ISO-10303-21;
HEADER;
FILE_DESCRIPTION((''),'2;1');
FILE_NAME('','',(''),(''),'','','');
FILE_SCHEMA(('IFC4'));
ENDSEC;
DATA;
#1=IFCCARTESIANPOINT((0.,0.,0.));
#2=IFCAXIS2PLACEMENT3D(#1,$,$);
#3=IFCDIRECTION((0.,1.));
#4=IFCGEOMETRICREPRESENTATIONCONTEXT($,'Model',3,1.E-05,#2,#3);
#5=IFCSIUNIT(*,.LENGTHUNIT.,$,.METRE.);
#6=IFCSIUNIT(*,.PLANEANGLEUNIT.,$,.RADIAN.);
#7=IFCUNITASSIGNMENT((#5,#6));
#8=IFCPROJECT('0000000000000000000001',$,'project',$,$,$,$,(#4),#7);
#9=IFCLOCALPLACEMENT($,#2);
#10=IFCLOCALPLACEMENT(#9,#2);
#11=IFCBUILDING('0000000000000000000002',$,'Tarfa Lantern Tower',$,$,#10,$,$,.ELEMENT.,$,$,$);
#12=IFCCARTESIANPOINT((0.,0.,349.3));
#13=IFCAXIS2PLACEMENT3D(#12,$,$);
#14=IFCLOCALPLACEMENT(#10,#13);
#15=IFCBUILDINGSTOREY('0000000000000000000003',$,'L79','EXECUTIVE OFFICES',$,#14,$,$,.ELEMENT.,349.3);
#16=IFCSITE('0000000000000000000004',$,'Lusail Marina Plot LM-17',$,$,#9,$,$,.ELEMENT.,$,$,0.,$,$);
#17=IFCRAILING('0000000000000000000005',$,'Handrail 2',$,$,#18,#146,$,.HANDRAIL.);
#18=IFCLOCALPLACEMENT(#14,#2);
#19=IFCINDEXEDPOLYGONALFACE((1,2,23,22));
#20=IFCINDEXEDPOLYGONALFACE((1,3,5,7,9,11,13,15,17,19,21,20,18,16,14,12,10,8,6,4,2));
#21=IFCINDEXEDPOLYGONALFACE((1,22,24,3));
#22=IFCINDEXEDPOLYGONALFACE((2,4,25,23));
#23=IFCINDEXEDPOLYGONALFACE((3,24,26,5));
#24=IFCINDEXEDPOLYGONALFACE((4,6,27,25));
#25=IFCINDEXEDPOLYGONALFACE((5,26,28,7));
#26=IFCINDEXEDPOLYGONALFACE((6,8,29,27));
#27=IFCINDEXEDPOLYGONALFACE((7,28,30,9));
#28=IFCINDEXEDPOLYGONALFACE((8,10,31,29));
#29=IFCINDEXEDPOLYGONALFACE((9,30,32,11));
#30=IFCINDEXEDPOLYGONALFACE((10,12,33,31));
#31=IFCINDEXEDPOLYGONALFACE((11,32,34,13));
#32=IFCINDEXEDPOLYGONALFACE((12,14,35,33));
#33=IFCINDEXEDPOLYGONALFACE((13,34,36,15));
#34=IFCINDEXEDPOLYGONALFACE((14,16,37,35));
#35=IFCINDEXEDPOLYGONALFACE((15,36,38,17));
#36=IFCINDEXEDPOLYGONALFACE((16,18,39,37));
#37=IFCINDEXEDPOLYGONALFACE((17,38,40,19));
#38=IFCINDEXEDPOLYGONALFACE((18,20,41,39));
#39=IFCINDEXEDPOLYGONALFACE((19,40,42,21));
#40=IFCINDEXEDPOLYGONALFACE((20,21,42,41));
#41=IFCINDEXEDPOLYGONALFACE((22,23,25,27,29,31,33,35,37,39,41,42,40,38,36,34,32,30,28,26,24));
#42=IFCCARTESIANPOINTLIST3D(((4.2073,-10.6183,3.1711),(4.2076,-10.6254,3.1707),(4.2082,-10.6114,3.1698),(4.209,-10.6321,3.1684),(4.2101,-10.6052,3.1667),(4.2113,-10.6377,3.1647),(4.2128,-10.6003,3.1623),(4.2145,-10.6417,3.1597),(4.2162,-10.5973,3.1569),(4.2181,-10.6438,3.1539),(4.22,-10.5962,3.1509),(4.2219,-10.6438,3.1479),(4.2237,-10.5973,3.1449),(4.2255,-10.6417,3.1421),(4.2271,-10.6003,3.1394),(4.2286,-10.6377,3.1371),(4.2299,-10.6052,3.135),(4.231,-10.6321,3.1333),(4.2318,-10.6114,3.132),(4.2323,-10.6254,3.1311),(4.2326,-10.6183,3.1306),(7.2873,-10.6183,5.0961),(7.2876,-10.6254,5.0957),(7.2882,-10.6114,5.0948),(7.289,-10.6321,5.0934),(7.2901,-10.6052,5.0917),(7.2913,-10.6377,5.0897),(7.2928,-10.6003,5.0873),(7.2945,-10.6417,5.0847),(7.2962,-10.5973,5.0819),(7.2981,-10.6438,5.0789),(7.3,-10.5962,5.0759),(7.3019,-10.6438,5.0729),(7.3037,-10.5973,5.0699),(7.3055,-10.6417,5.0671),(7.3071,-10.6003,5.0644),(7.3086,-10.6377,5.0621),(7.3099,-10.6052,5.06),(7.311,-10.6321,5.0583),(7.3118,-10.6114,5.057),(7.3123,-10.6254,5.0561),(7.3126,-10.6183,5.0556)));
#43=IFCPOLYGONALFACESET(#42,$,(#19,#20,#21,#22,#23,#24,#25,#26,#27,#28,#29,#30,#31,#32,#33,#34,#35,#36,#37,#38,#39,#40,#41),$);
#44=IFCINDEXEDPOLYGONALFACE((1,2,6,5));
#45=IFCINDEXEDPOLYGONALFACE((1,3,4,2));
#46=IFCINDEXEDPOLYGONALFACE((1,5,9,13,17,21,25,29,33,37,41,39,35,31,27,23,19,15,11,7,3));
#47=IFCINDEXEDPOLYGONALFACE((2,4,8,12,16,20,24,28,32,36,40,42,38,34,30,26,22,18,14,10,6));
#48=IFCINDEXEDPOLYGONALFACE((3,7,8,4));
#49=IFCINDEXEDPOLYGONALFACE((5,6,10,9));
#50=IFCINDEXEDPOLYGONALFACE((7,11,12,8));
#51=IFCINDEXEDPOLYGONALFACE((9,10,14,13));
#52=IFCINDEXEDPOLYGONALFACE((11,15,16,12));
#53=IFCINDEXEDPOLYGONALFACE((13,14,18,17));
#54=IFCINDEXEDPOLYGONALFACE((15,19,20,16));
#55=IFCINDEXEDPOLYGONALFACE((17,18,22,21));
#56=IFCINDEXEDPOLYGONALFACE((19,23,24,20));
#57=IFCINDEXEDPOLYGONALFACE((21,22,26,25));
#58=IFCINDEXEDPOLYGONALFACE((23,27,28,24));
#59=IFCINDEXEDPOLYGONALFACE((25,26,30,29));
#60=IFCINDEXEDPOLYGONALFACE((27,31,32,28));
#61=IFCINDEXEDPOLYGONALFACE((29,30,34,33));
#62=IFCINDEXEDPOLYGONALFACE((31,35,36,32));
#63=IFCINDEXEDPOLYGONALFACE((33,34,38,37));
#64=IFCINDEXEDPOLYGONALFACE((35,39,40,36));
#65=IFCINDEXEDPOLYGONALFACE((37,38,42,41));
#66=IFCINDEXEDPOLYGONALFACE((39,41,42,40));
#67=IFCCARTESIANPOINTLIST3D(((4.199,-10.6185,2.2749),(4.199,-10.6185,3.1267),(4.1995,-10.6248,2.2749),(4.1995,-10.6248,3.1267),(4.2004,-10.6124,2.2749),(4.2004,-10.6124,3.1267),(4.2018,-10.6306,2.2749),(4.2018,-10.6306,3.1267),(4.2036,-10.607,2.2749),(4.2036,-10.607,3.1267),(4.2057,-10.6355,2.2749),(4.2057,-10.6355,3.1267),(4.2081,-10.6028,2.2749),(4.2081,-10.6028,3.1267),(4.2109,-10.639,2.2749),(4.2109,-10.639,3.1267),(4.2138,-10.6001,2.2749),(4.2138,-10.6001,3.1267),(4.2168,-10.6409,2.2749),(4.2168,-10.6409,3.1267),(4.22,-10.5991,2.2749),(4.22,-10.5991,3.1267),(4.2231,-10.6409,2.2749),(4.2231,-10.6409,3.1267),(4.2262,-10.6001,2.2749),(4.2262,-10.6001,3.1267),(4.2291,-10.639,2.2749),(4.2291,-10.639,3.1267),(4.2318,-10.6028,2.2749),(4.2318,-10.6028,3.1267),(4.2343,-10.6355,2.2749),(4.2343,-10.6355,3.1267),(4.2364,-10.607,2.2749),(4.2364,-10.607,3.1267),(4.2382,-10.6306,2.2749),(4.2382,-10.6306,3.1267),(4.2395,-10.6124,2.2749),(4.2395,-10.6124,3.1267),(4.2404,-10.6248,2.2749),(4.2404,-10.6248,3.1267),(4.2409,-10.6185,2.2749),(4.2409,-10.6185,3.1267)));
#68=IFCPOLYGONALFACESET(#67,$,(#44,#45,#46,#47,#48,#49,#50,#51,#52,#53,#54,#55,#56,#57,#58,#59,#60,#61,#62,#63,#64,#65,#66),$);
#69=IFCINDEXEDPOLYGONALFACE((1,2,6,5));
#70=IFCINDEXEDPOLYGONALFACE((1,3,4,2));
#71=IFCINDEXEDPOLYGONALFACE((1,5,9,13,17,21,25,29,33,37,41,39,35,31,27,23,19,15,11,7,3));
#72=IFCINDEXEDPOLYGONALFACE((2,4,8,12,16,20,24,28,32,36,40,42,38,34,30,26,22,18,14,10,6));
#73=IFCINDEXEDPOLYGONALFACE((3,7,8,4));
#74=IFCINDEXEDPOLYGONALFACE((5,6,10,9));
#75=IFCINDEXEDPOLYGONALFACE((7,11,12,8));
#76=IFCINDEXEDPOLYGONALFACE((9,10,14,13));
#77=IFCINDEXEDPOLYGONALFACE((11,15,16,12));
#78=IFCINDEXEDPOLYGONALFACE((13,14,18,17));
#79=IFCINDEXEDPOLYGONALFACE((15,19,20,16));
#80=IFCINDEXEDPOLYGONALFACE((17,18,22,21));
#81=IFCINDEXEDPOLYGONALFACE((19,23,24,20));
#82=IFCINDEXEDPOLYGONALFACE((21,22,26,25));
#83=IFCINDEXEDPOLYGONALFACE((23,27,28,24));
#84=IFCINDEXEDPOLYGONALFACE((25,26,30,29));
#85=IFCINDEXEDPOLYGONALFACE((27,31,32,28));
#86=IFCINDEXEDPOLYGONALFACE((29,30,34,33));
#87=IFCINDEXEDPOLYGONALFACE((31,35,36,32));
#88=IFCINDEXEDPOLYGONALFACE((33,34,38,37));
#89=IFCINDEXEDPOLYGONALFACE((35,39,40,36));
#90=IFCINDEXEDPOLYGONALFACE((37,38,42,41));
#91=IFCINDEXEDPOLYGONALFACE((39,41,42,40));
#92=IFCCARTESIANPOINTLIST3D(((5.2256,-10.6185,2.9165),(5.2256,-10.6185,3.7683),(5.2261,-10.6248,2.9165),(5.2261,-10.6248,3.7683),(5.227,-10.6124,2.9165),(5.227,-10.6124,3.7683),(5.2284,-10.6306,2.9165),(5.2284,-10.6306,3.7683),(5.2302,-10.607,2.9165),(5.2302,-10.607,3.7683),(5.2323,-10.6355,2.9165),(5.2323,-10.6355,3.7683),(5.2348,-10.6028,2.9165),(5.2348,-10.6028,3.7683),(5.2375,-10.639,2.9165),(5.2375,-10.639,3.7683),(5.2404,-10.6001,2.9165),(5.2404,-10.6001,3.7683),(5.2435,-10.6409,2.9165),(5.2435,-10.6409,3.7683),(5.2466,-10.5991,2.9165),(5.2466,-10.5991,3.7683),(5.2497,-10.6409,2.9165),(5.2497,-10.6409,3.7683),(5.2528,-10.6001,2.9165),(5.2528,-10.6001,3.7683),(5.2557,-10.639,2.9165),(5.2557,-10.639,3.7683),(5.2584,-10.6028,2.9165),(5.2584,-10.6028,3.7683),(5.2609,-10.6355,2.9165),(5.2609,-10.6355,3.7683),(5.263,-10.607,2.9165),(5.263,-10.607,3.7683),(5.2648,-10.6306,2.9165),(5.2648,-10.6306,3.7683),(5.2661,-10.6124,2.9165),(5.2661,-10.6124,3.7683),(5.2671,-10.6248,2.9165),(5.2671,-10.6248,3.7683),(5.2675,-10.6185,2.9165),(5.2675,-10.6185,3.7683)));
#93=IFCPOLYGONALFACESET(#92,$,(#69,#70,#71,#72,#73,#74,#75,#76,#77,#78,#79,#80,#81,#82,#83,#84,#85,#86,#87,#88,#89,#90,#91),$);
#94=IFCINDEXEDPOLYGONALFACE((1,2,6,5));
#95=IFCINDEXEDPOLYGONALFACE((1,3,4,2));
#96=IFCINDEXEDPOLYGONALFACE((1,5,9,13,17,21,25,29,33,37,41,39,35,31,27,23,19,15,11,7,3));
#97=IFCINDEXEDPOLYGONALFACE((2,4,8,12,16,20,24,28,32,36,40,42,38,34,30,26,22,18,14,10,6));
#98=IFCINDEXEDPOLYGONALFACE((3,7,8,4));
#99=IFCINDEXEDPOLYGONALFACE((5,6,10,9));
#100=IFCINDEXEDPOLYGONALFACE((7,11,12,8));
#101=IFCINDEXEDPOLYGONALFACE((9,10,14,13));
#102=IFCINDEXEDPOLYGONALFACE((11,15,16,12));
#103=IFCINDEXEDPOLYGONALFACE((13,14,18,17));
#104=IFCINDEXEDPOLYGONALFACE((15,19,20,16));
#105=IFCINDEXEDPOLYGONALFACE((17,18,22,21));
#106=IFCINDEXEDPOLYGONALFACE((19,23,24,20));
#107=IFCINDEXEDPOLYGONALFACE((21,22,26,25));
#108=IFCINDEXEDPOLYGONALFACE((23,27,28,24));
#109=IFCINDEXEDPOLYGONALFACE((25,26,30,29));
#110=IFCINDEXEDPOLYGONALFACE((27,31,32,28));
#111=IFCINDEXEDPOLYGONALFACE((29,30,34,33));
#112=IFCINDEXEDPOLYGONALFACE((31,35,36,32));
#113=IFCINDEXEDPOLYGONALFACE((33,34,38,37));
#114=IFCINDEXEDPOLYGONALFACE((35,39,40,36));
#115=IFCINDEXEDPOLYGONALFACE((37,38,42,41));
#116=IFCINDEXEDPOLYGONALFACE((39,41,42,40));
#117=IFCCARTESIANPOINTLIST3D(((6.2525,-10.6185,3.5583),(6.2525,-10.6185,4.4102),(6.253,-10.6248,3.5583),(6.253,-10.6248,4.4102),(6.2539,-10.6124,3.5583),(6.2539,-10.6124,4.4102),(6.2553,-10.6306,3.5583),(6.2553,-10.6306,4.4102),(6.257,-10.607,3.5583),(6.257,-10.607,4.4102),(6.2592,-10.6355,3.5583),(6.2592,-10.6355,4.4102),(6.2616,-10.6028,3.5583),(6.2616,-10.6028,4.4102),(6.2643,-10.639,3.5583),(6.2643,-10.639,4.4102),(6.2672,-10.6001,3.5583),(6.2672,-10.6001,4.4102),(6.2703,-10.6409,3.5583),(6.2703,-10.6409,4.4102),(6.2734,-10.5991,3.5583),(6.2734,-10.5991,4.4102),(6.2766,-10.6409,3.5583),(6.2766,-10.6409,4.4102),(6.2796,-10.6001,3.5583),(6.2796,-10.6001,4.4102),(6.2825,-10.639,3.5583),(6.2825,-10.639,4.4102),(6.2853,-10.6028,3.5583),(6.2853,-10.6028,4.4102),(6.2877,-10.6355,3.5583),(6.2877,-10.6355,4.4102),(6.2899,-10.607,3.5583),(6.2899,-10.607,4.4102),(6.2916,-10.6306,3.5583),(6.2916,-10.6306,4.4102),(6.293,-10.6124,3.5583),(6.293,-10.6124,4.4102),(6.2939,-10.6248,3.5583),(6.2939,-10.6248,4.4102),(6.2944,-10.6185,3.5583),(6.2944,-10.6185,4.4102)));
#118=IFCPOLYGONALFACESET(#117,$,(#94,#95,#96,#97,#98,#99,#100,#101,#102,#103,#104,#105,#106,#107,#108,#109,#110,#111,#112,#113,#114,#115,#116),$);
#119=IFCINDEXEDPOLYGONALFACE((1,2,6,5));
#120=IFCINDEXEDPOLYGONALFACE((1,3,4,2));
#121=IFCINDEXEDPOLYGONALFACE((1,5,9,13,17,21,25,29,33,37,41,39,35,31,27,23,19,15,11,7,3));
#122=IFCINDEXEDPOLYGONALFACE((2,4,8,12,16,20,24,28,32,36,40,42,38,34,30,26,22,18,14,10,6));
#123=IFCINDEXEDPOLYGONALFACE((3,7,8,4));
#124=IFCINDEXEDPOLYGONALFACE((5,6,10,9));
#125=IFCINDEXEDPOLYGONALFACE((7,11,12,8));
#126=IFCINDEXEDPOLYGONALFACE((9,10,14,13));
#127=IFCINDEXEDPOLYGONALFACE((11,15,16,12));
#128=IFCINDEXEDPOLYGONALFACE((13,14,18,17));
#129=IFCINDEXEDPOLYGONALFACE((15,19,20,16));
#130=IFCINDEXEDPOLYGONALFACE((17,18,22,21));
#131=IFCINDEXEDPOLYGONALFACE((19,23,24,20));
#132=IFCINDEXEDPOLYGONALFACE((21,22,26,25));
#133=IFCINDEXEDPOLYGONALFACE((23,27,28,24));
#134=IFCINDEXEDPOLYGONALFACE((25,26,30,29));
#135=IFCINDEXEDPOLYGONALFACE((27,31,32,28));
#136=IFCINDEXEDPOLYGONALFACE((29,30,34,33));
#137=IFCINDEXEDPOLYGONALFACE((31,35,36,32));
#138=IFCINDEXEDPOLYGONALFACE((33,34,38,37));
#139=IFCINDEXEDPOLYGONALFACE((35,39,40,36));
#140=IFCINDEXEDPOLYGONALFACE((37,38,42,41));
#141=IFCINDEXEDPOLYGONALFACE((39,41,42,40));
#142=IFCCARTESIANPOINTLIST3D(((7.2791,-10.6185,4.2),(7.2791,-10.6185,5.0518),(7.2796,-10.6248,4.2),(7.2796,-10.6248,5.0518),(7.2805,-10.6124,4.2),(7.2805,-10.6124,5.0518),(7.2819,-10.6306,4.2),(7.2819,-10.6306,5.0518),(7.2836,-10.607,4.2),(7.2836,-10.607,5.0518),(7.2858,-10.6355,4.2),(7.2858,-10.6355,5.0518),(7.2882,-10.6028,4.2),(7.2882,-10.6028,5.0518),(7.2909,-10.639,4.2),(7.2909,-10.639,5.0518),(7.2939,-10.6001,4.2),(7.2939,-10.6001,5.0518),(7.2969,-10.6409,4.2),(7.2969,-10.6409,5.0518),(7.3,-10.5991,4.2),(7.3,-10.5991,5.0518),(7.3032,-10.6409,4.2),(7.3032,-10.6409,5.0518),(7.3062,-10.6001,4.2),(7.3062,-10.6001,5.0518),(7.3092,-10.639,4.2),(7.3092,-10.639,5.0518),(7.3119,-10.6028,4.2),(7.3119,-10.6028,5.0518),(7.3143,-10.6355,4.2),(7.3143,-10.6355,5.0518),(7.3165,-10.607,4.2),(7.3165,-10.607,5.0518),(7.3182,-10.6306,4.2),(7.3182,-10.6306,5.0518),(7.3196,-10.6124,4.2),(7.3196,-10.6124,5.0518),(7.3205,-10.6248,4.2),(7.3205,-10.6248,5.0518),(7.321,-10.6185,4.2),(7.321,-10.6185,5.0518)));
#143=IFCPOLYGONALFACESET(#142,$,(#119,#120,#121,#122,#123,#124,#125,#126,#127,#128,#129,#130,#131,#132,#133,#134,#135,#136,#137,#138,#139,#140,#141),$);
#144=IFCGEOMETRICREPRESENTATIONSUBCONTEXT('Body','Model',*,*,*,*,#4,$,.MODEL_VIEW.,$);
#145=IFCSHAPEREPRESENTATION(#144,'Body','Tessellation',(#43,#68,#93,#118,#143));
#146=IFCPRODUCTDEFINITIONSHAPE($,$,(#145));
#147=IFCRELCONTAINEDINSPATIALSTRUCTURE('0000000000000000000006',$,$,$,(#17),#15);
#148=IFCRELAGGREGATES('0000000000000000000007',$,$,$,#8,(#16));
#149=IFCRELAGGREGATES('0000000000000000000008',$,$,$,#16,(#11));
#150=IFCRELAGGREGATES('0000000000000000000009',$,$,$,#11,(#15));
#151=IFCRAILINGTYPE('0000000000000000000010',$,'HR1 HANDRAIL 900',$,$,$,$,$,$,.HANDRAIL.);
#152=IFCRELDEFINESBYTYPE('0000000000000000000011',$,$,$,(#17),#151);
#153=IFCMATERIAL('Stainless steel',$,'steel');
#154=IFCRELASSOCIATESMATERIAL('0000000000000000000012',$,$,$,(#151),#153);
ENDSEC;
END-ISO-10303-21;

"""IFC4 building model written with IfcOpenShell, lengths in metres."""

from ifc_helpers import new_model, si_unit, direction, frame, origin, origin_2d, place, context, subcontext, project, spatial, circle, extrude, material, type_object, element, save


model = new_model("IFC4")

# Units and contexts
model_context = context("Model", 3, precision=1e-05, world=origin(), true_north=direction((0.0, 1.0)))
body_context = subcontext(model_context, "Body", "Model", "MODEL_VIEW")
ifc_project = project(units=[si_unit("LENGTHUNIT", "METRE"), si_unit("PLANEANGLEUNIT", "RADIAN")], contexts=[model_context])

# Site, building, storey
site_placement = place(None, origin())
site = spatial("IfcSite", under=ifc_project, at=site_placement, Name="Lusail Marina Plot LM-17", CompositionType="ELEMENT", RefElevation=0.0)
building_placement = place(site_placement, origin())
building = spatial("IfcBuilding", under=site, at=building_placement, Name="Tarfa Lantern Tower", CompositionType="ELEMENT")
storey_placement = place(building_placement, frame((0.0, 0.0, 349.3)))
storey = spatial("IfcBuildingStorey", under=building, at=storey_placement, Name="L79", Description="EXECUTIVE OFFICES", CompositionType="ELEMENT", Elevation=349.3)

# Railing
ifc_material_1 = material(Name="Stainless steel", Category="steel")
railing_type = type_object("IfcRailingType", Name="HR1 HANDRAIL 900", PredefinedType="HANDRAIL", material=ifc_material_1)
railing_1_placement = place(storey_placement, frame((4.22, -10.6201, 2.2749)))
element("IfcRailing", 1, at=railing_1_placement, inside=storey, type_object=railing_type, Name="Handrail 2", PredefinedType="HANDRAIL", context=body_context, shape_type="SweptSolid", body=[
    extrude(circle(Radius=0.0239, at=origin_2d()), frame((0.0, 0.0, 0.876), z_axis=(0.847998, 0.0, 0.529999), x_axis=(0.0, 1.0, 0.0)), (0.0, 0.0, 1.0), 3.6321),
    extrude(circle(Radius=0.021, at=origin_2d()), frame((0.0, 0.0, 0.0), z_axis=(0.0, 0.0, 1.0), x_axis=(0.0, 1.0, 0.0)), (0.0, 0.0, 1.0), 0.8518),
    extrude(circle(Radius=0.021, at=origin_2d()), frame((1.0266, 0.0, 0.6416), z_axis=(0.0, 0.0, 1.0), x_axis=(0.0, 1.0, 0.0)), (0.0, 0.0, 1.0), 0.8518),
    extrude(circle(Radius=0.021, at=origin_2d()), frame((2.0535, 0.0, 1.2834), z_axis=(0.0, 0.0, 1.0), x_axis=(0.0, 1.0, 0.0)), (0.0, 0.0, 1.0), 0.8518),
    extrude(circle(Radius=0.021, at=origin_2d()), frame((3.0801, 0.0, 1.925), z_axis=(0.0, 0.0, 1.0), x_axis=(0.0, 1.0, 0.0)), (0.0, 0.0, 1.0), 0.8518),
])

save(model, "model.ifc")
